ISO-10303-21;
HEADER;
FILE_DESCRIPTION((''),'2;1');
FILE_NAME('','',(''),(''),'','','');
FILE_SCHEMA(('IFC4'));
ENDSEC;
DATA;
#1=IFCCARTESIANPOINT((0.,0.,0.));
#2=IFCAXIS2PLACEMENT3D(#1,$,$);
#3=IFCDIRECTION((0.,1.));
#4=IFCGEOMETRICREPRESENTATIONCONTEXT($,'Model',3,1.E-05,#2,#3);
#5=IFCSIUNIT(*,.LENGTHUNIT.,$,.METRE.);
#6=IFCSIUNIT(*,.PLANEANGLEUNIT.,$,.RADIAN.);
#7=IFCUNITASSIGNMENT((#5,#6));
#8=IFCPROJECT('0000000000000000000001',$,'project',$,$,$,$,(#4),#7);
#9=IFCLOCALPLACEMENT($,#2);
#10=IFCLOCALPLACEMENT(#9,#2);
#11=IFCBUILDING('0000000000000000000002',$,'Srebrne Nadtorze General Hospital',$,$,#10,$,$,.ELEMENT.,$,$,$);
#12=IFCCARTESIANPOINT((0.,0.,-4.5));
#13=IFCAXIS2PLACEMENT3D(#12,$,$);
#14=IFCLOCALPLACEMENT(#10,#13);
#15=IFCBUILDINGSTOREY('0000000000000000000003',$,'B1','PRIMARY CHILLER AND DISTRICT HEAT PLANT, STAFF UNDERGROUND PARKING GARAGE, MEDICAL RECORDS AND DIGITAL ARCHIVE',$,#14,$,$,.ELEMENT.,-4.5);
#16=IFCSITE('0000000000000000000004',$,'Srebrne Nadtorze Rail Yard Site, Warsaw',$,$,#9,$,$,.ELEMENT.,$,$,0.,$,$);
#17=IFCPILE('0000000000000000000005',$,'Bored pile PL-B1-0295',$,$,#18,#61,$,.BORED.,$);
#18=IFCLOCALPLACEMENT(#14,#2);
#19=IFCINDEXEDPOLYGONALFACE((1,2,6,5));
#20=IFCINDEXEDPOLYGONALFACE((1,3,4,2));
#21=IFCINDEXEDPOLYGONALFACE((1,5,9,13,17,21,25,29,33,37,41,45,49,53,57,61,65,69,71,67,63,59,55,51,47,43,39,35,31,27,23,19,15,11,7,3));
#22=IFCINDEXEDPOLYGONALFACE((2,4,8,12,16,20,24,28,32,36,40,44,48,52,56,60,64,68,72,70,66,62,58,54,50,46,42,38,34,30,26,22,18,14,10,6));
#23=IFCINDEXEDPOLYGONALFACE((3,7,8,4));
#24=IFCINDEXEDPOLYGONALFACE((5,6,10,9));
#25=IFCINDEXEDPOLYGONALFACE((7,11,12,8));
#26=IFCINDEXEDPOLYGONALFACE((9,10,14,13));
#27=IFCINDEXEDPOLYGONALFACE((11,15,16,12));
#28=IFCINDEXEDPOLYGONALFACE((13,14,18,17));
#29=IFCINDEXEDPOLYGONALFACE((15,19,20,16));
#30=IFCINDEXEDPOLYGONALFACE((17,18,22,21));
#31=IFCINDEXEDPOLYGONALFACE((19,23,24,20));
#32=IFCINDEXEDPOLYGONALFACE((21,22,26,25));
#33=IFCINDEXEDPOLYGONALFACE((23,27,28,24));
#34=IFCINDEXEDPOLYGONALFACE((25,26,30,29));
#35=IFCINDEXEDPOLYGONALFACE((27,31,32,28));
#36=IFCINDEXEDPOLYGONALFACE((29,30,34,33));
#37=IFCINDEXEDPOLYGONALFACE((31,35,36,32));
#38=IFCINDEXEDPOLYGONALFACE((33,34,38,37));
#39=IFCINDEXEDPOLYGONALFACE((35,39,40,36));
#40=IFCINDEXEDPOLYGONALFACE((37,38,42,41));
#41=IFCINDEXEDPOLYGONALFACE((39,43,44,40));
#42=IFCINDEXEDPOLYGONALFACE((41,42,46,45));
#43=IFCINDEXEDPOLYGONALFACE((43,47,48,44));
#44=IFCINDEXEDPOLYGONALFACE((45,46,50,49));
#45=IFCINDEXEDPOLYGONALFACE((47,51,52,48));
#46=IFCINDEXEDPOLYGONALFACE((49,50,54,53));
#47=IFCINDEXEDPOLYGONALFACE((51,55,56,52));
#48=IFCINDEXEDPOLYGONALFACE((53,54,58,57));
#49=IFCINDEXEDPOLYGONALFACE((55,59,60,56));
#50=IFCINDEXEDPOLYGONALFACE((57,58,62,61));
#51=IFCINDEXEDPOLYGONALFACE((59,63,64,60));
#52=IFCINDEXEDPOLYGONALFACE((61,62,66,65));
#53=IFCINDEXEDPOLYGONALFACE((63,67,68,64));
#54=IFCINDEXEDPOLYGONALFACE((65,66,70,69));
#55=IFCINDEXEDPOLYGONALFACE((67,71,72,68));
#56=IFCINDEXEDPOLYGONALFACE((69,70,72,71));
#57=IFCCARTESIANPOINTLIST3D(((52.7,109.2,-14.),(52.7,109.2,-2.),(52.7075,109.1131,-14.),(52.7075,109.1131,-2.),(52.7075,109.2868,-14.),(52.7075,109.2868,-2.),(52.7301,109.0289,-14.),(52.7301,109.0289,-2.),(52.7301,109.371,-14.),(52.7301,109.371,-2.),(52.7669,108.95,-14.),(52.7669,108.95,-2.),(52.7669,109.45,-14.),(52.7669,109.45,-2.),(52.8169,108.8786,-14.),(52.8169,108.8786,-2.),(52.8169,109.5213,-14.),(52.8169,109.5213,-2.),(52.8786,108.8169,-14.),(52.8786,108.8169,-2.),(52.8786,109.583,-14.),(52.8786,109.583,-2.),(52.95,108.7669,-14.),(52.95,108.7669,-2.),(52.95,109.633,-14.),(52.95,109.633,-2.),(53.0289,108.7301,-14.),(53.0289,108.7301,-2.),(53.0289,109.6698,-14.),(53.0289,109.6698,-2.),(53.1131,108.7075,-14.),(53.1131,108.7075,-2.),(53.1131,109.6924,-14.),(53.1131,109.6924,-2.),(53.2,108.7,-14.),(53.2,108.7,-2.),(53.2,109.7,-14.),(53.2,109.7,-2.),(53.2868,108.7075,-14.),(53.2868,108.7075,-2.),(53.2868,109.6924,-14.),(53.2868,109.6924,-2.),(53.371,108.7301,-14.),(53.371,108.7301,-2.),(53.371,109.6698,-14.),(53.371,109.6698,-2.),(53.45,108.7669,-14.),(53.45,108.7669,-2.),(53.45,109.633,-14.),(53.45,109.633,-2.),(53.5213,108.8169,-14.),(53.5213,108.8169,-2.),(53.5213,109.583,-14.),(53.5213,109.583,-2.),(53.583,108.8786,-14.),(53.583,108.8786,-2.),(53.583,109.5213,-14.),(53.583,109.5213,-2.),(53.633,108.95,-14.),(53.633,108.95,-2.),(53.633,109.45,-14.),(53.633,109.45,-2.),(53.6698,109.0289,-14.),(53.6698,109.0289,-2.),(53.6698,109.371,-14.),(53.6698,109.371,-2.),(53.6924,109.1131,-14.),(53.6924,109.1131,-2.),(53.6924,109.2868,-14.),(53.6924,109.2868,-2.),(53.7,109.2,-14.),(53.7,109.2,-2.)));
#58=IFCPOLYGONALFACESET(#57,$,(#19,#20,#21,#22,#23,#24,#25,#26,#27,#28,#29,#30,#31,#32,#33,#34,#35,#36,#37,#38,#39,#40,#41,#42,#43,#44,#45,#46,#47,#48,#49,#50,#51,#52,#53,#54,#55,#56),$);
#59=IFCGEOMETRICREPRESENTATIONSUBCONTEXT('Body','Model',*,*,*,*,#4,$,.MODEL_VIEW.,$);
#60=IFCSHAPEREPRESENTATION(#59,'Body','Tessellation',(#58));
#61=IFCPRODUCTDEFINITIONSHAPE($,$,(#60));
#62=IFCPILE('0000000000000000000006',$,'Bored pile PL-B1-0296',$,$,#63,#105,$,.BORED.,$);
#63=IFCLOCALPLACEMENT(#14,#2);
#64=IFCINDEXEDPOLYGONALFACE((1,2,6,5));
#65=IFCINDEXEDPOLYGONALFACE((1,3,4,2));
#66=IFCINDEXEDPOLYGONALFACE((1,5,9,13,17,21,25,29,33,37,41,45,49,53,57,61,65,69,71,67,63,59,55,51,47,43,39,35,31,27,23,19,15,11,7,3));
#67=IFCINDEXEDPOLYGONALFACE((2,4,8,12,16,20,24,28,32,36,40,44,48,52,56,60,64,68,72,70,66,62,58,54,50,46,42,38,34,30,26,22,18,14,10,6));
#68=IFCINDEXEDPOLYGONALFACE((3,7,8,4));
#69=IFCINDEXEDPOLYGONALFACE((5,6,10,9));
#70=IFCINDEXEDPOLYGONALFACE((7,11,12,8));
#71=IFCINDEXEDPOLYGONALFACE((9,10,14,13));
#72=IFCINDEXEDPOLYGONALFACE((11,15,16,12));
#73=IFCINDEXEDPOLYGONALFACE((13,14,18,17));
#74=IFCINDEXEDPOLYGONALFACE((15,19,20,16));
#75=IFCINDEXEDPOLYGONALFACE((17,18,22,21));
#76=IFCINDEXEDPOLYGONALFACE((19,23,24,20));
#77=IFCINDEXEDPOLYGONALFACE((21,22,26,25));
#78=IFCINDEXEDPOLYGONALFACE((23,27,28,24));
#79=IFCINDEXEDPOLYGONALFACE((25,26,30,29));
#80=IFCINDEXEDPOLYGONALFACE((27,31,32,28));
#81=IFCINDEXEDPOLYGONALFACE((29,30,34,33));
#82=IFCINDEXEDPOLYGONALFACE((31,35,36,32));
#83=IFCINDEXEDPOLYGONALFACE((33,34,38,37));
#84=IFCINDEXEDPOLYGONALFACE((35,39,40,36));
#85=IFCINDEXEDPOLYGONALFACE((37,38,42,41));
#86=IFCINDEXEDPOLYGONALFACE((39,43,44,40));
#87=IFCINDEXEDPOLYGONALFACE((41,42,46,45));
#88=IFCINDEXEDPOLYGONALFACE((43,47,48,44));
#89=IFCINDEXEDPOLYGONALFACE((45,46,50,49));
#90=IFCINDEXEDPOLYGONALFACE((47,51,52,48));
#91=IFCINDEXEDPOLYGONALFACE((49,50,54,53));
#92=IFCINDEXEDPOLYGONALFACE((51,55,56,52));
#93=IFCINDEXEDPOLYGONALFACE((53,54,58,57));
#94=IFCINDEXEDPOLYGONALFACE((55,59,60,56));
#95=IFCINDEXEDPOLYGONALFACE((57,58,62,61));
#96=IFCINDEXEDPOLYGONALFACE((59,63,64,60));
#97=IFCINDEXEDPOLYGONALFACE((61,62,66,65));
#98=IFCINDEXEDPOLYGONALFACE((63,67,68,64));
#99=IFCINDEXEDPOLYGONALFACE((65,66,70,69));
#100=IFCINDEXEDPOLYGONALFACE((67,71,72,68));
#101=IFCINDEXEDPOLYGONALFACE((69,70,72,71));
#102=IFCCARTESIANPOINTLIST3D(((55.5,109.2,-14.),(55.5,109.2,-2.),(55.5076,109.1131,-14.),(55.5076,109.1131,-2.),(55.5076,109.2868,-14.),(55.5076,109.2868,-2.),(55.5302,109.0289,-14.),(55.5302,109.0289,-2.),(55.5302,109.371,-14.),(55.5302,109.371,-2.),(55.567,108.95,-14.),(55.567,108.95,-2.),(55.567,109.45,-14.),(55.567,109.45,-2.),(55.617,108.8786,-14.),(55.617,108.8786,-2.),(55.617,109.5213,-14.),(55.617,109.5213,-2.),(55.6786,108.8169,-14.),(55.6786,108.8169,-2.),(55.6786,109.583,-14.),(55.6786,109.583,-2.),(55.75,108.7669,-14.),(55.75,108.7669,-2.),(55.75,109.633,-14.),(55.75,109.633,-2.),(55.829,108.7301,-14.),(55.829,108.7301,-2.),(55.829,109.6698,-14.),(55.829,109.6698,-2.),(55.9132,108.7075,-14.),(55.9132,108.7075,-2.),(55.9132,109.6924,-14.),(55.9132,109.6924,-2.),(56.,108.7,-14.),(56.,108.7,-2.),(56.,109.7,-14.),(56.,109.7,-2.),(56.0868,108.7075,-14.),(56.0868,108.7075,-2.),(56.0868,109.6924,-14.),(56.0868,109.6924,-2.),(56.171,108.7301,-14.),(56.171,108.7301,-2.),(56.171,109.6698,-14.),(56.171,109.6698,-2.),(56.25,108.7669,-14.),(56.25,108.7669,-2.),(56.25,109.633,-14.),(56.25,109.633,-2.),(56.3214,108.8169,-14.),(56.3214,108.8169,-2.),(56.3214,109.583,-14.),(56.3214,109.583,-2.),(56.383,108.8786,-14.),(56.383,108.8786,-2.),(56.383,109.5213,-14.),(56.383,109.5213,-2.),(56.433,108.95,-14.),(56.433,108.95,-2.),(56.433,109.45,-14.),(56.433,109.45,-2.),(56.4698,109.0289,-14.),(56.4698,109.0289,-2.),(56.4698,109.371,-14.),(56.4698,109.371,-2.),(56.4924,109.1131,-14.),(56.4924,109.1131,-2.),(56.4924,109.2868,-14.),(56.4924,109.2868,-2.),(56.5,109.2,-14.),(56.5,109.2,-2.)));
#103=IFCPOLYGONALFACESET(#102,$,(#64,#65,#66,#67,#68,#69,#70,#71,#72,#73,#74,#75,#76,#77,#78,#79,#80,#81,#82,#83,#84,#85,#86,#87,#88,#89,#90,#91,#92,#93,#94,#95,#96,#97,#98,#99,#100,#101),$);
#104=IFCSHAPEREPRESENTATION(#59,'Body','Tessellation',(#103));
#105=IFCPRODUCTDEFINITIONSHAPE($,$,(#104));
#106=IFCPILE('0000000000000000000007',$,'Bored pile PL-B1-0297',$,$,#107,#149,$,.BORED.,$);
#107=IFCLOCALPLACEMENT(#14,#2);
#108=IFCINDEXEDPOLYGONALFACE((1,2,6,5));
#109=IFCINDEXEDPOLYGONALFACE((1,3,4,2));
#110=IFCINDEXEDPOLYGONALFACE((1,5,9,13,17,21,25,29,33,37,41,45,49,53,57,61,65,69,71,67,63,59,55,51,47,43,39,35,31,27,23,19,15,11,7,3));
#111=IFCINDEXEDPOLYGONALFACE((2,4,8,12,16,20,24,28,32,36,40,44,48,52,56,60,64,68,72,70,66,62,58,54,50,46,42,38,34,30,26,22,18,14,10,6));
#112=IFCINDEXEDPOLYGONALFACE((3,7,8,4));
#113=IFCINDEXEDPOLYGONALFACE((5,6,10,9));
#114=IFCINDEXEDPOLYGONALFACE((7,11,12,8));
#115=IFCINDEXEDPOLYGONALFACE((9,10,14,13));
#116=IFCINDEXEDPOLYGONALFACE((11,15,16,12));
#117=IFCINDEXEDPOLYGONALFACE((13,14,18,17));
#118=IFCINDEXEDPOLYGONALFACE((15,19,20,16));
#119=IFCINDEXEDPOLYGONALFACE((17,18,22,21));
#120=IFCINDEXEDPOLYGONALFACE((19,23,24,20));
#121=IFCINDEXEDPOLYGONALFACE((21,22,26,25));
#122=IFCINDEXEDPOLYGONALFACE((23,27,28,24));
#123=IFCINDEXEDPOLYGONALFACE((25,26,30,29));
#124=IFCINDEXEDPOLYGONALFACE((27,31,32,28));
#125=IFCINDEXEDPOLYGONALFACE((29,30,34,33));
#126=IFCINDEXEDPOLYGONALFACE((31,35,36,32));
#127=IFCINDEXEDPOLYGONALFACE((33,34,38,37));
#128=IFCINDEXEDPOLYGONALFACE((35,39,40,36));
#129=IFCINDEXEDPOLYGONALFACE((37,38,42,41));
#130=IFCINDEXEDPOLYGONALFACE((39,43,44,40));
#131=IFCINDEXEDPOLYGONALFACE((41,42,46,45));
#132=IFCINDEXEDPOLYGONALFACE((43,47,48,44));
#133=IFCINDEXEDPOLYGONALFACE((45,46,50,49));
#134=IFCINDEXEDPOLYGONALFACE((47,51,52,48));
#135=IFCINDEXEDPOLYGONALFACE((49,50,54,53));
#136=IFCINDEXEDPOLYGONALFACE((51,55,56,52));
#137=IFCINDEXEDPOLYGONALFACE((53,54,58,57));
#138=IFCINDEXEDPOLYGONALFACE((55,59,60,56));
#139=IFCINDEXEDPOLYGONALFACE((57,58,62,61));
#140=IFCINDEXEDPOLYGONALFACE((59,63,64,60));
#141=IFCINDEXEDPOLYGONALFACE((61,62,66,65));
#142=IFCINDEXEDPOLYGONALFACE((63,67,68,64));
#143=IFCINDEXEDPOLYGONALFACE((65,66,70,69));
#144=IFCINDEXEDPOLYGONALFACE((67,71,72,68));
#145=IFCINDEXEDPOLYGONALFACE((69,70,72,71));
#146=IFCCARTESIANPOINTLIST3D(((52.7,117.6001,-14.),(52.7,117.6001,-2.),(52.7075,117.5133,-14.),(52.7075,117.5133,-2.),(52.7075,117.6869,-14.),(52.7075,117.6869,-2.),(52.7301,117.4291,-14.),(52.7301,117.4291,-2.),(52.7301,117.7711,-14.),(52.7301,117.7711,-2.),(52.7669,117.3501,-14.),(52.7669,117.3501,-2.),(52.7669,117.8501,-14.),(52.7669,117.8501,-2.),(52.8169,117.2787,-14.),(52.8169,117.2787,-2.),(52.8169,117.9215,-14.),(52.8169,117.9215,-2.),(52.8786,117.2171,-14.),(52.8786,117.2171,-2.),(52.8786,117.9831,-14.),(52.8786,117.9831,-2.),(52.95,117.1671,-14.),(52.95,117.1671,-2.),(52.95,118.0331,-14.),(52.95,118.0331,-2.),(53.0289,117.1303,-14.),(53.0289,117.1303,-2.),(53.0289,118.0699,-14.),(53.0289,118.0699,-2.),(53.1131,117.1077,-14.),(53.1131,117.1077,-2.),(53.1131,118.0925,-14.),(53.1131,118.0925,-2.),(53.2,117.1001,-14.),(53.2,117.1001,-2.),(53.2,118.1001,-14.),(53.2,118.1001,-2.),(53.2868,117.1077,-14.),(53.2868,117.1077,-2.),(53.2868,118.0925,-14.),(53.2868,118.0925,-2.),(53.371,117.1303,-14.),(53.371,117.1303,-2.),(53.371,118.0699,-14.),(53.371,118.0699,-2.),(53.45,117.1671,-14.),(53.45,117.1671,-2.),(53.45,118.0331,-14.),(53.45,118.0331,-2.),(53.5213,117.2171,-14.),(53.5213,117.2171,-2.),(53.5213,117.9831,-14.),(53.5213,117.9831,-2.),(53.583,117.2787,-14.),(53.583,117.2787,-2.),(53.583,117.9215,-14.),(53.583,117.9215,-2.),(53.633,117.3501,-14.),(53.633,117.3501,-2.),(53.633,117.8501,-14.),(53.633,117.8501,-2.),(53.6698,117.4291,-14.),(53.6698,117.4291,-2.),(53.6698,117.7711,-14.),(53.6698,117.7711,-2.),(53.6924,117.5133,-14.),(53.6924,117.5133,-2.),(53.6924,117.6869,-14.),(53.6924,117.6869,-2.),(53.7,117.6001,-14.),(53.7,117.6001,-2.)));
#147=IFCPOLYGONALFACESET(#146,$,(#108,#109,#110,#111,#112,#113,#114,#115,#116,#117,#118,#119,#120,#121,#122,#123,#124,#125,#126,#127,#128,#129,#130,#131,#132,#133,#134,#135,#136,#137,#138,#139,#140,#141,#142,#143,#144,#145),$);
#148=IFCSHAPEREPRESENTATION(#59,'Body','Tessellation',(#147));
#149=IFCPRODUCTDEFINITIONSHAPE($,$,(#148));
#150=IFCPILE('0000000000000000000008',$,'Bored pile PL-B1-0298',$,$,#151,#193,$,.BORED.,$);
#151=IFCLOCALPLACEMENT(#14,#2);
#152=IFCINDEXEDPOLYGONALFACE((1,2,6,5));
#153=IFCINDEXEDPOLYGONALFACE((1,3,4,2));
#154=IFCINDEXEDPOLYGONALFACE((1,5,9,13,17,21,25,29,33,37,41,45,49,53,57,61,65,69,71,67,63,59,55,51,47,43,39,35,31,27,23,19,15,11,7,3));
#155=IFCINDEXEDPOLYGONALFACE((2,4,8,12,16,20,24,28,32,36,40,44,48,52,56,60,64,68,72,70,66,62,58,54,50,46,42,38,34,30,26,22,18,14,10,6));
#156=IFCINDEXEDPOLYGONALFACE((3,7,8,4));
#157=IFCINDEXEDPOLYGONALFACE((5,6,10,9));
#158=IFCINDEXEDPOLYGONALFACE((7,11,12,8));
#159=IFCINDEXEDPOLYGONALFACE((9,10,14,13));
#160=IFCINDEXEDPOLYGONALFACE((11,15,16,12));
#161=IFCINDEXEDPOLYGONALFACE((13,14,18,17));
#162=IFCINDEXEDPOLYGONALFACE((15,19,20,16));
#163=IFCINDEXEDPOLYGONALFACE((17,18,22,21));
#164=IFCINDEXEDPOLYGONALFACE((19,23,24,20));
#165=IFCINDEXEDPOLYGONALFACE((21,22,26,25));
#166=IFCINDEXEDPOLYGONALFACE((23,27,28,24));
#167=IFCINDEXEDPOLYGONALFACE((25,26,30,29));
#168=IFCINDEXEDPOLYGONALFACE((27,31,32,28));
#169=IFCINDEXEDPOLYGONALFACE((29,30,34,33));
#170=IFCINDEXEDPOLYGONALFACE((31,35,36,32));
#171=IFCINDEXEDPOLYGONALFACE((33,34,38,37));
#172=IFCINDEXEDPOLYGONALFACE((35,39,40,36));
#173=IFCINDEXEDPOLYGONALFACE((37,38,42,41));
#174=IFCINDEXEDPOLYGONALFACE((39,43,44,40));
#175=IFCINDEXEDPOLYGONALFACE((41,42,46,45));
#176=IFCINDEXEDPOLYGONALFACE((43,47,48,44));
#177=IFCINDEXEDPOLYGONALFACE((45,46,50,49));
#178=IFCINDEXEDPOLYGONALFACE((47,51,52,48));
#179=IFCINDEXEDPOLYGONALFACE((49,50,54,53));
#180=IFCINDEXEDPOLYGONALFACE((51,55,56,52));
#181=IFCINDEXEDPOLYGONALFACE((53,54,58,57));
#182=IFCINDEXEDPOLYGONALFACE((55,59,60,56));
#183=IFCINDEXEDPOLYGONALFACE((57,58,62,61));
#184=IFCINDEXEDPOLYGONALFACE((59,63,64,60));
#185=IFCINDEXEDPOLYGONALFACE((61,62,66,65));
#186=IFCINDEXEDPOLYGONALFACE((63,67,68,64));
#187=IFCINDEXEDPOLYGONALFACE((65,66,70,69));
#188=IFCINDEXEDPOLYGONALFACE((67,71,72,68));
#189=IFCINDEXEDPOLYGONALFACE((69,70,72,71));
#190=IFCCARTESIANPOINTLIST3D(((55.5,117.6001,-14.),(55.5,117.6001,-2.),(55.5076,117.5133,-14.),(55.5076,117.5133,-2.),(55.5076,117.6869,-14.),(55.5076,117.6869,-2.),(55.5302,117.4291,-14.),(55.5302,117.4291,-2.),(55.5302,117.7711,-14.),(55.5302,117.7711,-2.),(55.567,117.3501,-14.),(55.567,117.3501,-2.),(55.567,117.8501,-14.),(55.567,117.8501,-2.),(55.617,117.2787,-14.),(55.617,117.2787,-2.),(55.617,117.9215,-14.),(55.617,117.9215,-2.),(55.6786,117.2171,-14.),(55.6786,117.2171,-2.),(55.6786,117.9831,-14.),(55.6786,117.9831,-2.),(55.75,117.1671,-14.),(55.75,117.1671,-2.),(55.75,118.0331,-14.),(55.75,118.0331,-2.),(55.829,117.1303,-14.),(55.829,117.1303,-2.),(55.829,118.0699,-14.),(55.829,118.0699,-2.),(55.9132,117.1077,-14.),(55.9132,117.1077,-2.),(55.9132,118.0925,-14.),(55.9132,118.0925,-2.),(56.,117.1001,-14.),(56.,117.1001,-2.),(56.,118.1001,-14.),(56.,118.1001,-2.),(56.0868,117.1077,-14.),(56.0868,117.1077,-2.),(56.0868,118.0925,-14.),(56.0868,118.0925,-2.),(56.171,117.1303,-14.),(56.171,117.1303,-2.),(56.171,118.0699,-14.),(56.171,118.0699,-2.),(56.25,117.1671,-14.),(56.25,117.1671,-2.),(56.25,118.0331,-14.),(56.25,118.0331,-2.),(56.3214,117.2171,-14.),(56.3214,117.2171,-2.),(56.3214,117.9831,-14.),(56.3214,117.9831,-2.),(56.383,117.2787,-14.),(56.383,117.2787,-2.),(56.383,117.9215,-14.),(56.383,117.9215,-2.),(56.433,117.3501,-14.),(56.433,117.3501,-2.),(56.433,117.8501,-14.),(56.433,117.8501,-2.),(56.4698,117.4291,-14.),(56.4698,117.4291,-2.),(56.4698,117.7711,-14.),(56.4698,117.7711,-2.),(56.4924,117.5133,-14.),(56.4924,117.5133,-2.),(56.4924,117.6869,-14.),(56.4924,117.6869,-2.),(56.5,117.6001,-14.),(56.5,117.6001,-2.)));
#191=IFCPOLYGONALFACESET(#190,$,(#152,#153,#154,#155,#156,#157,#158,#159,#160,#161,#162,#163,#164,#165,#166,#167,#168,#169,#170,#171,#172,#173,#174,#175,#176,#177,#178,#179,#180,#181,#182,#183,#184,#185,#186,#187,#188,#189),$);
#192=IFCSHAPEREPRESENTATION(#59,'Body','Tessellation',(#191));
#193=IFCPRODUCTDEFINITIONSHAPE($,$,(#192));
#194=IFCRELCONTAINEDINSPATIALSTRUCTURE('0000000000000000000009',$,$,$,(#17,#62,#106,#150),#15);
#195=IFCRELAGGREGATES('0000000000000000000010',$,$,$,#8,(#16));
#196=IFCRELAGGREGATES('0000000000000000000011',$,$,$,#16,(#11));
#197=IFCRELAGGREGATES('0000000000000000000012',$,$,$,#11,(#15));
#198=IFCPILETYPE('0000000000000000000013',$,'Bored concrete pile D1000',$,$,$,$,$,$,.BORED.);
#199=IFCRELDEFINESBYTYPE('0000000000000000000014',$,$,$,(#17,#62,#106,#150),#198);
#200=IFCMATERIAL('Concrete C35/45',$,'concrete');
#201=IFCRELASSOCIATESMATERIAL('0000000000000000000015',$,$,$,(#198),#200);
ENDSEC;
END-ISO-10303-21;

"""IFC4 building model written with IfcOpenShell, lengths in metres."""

from ifc_helpers import new_model, si_unit, direction, frame, origin, origin_2d, place, context, subcontext, project, spatial, circle, extrude, material, material_profile, profile_set, type_object, element, save


model = new_model("IFC4")

# Units and contexts
model_context = context("Model", 3, precision=1e-05, world=origin(), true_north=direction((0.0, 1.0)))
body_context = subcontext(model_context, "Body", "Model", "MODEL_VIEW")
ifc_project = project(units=[si_unit("LENGTHUNIT", "METRE"), si_unit("PLANEANGLEUNIT", "RADIAN")], contexts=[model_context])

# Site, building, storey
site_placement = place(None, origin())
site = spatial("IfcSite", under=ifc_project, at=site_placement, Name="Srebrne Nadtorze Rail Yard Site, Warsaw", CompositionType="ELEMENT", RefElevation=0.0)
building_placement = place(site_placement, origin())
building = spatial("IfcBuilding", under=site, at=building_placement, Name="Srebrne Nadtorze General Hospital", CompositionType="ELEMENT")
storey_placement = place(building_placement, frame((0.0, 0.0, -4.5)))
storey = spatial("IfcBuildingStorey", under=building, at=storey_placement, Name="B1", Description="PRIMARY CHILLER AND DISTRICT HEAT PLANT, STAFF UNDERGROUND PARKING GARAGE, MEDICAL RECORDS AND DIGITAL ARCHIVE", CompositionType="ELEMENT", Elevation=-4.5)

# Piles
ifc_material_1 = material(Name="Concrete C35/45", Category="concrete")
ifc_material_profile_1 = material_profile(ifc_material_1, circle(Radius=0.5, at=origin_2d()), Name="PILE-D1000")
ifc_profile_set_1 = profile_set([ifc_material_profile_1], Name="Concrete C35/45")
pile_type_1 = type_object("IfcPileType", Name="Bored concrete pile D1000", PredefinedType="BORED", material=ifc_profile_set_1)
for number, where, z_axis, x_axis, name in (
    (1, (53.2, 109.2, -2.0), (0.0, 0.0, -1.0), (1.0, 0.0, 0.0), "Bored pile PL-B1-0295"),
    (2, (56.0, 109.2, -2.0), (0.0, 0.0, -1.0), (1.0, 0.0, 0.0), "Bored pile PL-B1-0296"),
    (3, (53.2, 117.6001, -2.0), (0.0, 0.0, -1.0), (1.0, 0.0, 0.0), "Bored pile PL-B1-0297"),
    (4, (56.0, 117.6001, -2.0), (0.0, 0.0, -1.0), (1.0, 0.0, 0.0), "Bored pile PL-B1-0298"),
):
    element("IfcPile", number, at=place(storey_placement, frame(where, z_axis=z_axis, x_axis=x_axis)), inside=storey, type_object=pile_type_1, Name=name, PredefinedType="BORED", context=body_context, shape_type="SweptSolid", body=[
        extrude(circle(Radius=0.5, at=origin_2d()), origin(), (0.0, 0.0, 1.0), 12.0),
    ])

save(model, "model.ifc")
